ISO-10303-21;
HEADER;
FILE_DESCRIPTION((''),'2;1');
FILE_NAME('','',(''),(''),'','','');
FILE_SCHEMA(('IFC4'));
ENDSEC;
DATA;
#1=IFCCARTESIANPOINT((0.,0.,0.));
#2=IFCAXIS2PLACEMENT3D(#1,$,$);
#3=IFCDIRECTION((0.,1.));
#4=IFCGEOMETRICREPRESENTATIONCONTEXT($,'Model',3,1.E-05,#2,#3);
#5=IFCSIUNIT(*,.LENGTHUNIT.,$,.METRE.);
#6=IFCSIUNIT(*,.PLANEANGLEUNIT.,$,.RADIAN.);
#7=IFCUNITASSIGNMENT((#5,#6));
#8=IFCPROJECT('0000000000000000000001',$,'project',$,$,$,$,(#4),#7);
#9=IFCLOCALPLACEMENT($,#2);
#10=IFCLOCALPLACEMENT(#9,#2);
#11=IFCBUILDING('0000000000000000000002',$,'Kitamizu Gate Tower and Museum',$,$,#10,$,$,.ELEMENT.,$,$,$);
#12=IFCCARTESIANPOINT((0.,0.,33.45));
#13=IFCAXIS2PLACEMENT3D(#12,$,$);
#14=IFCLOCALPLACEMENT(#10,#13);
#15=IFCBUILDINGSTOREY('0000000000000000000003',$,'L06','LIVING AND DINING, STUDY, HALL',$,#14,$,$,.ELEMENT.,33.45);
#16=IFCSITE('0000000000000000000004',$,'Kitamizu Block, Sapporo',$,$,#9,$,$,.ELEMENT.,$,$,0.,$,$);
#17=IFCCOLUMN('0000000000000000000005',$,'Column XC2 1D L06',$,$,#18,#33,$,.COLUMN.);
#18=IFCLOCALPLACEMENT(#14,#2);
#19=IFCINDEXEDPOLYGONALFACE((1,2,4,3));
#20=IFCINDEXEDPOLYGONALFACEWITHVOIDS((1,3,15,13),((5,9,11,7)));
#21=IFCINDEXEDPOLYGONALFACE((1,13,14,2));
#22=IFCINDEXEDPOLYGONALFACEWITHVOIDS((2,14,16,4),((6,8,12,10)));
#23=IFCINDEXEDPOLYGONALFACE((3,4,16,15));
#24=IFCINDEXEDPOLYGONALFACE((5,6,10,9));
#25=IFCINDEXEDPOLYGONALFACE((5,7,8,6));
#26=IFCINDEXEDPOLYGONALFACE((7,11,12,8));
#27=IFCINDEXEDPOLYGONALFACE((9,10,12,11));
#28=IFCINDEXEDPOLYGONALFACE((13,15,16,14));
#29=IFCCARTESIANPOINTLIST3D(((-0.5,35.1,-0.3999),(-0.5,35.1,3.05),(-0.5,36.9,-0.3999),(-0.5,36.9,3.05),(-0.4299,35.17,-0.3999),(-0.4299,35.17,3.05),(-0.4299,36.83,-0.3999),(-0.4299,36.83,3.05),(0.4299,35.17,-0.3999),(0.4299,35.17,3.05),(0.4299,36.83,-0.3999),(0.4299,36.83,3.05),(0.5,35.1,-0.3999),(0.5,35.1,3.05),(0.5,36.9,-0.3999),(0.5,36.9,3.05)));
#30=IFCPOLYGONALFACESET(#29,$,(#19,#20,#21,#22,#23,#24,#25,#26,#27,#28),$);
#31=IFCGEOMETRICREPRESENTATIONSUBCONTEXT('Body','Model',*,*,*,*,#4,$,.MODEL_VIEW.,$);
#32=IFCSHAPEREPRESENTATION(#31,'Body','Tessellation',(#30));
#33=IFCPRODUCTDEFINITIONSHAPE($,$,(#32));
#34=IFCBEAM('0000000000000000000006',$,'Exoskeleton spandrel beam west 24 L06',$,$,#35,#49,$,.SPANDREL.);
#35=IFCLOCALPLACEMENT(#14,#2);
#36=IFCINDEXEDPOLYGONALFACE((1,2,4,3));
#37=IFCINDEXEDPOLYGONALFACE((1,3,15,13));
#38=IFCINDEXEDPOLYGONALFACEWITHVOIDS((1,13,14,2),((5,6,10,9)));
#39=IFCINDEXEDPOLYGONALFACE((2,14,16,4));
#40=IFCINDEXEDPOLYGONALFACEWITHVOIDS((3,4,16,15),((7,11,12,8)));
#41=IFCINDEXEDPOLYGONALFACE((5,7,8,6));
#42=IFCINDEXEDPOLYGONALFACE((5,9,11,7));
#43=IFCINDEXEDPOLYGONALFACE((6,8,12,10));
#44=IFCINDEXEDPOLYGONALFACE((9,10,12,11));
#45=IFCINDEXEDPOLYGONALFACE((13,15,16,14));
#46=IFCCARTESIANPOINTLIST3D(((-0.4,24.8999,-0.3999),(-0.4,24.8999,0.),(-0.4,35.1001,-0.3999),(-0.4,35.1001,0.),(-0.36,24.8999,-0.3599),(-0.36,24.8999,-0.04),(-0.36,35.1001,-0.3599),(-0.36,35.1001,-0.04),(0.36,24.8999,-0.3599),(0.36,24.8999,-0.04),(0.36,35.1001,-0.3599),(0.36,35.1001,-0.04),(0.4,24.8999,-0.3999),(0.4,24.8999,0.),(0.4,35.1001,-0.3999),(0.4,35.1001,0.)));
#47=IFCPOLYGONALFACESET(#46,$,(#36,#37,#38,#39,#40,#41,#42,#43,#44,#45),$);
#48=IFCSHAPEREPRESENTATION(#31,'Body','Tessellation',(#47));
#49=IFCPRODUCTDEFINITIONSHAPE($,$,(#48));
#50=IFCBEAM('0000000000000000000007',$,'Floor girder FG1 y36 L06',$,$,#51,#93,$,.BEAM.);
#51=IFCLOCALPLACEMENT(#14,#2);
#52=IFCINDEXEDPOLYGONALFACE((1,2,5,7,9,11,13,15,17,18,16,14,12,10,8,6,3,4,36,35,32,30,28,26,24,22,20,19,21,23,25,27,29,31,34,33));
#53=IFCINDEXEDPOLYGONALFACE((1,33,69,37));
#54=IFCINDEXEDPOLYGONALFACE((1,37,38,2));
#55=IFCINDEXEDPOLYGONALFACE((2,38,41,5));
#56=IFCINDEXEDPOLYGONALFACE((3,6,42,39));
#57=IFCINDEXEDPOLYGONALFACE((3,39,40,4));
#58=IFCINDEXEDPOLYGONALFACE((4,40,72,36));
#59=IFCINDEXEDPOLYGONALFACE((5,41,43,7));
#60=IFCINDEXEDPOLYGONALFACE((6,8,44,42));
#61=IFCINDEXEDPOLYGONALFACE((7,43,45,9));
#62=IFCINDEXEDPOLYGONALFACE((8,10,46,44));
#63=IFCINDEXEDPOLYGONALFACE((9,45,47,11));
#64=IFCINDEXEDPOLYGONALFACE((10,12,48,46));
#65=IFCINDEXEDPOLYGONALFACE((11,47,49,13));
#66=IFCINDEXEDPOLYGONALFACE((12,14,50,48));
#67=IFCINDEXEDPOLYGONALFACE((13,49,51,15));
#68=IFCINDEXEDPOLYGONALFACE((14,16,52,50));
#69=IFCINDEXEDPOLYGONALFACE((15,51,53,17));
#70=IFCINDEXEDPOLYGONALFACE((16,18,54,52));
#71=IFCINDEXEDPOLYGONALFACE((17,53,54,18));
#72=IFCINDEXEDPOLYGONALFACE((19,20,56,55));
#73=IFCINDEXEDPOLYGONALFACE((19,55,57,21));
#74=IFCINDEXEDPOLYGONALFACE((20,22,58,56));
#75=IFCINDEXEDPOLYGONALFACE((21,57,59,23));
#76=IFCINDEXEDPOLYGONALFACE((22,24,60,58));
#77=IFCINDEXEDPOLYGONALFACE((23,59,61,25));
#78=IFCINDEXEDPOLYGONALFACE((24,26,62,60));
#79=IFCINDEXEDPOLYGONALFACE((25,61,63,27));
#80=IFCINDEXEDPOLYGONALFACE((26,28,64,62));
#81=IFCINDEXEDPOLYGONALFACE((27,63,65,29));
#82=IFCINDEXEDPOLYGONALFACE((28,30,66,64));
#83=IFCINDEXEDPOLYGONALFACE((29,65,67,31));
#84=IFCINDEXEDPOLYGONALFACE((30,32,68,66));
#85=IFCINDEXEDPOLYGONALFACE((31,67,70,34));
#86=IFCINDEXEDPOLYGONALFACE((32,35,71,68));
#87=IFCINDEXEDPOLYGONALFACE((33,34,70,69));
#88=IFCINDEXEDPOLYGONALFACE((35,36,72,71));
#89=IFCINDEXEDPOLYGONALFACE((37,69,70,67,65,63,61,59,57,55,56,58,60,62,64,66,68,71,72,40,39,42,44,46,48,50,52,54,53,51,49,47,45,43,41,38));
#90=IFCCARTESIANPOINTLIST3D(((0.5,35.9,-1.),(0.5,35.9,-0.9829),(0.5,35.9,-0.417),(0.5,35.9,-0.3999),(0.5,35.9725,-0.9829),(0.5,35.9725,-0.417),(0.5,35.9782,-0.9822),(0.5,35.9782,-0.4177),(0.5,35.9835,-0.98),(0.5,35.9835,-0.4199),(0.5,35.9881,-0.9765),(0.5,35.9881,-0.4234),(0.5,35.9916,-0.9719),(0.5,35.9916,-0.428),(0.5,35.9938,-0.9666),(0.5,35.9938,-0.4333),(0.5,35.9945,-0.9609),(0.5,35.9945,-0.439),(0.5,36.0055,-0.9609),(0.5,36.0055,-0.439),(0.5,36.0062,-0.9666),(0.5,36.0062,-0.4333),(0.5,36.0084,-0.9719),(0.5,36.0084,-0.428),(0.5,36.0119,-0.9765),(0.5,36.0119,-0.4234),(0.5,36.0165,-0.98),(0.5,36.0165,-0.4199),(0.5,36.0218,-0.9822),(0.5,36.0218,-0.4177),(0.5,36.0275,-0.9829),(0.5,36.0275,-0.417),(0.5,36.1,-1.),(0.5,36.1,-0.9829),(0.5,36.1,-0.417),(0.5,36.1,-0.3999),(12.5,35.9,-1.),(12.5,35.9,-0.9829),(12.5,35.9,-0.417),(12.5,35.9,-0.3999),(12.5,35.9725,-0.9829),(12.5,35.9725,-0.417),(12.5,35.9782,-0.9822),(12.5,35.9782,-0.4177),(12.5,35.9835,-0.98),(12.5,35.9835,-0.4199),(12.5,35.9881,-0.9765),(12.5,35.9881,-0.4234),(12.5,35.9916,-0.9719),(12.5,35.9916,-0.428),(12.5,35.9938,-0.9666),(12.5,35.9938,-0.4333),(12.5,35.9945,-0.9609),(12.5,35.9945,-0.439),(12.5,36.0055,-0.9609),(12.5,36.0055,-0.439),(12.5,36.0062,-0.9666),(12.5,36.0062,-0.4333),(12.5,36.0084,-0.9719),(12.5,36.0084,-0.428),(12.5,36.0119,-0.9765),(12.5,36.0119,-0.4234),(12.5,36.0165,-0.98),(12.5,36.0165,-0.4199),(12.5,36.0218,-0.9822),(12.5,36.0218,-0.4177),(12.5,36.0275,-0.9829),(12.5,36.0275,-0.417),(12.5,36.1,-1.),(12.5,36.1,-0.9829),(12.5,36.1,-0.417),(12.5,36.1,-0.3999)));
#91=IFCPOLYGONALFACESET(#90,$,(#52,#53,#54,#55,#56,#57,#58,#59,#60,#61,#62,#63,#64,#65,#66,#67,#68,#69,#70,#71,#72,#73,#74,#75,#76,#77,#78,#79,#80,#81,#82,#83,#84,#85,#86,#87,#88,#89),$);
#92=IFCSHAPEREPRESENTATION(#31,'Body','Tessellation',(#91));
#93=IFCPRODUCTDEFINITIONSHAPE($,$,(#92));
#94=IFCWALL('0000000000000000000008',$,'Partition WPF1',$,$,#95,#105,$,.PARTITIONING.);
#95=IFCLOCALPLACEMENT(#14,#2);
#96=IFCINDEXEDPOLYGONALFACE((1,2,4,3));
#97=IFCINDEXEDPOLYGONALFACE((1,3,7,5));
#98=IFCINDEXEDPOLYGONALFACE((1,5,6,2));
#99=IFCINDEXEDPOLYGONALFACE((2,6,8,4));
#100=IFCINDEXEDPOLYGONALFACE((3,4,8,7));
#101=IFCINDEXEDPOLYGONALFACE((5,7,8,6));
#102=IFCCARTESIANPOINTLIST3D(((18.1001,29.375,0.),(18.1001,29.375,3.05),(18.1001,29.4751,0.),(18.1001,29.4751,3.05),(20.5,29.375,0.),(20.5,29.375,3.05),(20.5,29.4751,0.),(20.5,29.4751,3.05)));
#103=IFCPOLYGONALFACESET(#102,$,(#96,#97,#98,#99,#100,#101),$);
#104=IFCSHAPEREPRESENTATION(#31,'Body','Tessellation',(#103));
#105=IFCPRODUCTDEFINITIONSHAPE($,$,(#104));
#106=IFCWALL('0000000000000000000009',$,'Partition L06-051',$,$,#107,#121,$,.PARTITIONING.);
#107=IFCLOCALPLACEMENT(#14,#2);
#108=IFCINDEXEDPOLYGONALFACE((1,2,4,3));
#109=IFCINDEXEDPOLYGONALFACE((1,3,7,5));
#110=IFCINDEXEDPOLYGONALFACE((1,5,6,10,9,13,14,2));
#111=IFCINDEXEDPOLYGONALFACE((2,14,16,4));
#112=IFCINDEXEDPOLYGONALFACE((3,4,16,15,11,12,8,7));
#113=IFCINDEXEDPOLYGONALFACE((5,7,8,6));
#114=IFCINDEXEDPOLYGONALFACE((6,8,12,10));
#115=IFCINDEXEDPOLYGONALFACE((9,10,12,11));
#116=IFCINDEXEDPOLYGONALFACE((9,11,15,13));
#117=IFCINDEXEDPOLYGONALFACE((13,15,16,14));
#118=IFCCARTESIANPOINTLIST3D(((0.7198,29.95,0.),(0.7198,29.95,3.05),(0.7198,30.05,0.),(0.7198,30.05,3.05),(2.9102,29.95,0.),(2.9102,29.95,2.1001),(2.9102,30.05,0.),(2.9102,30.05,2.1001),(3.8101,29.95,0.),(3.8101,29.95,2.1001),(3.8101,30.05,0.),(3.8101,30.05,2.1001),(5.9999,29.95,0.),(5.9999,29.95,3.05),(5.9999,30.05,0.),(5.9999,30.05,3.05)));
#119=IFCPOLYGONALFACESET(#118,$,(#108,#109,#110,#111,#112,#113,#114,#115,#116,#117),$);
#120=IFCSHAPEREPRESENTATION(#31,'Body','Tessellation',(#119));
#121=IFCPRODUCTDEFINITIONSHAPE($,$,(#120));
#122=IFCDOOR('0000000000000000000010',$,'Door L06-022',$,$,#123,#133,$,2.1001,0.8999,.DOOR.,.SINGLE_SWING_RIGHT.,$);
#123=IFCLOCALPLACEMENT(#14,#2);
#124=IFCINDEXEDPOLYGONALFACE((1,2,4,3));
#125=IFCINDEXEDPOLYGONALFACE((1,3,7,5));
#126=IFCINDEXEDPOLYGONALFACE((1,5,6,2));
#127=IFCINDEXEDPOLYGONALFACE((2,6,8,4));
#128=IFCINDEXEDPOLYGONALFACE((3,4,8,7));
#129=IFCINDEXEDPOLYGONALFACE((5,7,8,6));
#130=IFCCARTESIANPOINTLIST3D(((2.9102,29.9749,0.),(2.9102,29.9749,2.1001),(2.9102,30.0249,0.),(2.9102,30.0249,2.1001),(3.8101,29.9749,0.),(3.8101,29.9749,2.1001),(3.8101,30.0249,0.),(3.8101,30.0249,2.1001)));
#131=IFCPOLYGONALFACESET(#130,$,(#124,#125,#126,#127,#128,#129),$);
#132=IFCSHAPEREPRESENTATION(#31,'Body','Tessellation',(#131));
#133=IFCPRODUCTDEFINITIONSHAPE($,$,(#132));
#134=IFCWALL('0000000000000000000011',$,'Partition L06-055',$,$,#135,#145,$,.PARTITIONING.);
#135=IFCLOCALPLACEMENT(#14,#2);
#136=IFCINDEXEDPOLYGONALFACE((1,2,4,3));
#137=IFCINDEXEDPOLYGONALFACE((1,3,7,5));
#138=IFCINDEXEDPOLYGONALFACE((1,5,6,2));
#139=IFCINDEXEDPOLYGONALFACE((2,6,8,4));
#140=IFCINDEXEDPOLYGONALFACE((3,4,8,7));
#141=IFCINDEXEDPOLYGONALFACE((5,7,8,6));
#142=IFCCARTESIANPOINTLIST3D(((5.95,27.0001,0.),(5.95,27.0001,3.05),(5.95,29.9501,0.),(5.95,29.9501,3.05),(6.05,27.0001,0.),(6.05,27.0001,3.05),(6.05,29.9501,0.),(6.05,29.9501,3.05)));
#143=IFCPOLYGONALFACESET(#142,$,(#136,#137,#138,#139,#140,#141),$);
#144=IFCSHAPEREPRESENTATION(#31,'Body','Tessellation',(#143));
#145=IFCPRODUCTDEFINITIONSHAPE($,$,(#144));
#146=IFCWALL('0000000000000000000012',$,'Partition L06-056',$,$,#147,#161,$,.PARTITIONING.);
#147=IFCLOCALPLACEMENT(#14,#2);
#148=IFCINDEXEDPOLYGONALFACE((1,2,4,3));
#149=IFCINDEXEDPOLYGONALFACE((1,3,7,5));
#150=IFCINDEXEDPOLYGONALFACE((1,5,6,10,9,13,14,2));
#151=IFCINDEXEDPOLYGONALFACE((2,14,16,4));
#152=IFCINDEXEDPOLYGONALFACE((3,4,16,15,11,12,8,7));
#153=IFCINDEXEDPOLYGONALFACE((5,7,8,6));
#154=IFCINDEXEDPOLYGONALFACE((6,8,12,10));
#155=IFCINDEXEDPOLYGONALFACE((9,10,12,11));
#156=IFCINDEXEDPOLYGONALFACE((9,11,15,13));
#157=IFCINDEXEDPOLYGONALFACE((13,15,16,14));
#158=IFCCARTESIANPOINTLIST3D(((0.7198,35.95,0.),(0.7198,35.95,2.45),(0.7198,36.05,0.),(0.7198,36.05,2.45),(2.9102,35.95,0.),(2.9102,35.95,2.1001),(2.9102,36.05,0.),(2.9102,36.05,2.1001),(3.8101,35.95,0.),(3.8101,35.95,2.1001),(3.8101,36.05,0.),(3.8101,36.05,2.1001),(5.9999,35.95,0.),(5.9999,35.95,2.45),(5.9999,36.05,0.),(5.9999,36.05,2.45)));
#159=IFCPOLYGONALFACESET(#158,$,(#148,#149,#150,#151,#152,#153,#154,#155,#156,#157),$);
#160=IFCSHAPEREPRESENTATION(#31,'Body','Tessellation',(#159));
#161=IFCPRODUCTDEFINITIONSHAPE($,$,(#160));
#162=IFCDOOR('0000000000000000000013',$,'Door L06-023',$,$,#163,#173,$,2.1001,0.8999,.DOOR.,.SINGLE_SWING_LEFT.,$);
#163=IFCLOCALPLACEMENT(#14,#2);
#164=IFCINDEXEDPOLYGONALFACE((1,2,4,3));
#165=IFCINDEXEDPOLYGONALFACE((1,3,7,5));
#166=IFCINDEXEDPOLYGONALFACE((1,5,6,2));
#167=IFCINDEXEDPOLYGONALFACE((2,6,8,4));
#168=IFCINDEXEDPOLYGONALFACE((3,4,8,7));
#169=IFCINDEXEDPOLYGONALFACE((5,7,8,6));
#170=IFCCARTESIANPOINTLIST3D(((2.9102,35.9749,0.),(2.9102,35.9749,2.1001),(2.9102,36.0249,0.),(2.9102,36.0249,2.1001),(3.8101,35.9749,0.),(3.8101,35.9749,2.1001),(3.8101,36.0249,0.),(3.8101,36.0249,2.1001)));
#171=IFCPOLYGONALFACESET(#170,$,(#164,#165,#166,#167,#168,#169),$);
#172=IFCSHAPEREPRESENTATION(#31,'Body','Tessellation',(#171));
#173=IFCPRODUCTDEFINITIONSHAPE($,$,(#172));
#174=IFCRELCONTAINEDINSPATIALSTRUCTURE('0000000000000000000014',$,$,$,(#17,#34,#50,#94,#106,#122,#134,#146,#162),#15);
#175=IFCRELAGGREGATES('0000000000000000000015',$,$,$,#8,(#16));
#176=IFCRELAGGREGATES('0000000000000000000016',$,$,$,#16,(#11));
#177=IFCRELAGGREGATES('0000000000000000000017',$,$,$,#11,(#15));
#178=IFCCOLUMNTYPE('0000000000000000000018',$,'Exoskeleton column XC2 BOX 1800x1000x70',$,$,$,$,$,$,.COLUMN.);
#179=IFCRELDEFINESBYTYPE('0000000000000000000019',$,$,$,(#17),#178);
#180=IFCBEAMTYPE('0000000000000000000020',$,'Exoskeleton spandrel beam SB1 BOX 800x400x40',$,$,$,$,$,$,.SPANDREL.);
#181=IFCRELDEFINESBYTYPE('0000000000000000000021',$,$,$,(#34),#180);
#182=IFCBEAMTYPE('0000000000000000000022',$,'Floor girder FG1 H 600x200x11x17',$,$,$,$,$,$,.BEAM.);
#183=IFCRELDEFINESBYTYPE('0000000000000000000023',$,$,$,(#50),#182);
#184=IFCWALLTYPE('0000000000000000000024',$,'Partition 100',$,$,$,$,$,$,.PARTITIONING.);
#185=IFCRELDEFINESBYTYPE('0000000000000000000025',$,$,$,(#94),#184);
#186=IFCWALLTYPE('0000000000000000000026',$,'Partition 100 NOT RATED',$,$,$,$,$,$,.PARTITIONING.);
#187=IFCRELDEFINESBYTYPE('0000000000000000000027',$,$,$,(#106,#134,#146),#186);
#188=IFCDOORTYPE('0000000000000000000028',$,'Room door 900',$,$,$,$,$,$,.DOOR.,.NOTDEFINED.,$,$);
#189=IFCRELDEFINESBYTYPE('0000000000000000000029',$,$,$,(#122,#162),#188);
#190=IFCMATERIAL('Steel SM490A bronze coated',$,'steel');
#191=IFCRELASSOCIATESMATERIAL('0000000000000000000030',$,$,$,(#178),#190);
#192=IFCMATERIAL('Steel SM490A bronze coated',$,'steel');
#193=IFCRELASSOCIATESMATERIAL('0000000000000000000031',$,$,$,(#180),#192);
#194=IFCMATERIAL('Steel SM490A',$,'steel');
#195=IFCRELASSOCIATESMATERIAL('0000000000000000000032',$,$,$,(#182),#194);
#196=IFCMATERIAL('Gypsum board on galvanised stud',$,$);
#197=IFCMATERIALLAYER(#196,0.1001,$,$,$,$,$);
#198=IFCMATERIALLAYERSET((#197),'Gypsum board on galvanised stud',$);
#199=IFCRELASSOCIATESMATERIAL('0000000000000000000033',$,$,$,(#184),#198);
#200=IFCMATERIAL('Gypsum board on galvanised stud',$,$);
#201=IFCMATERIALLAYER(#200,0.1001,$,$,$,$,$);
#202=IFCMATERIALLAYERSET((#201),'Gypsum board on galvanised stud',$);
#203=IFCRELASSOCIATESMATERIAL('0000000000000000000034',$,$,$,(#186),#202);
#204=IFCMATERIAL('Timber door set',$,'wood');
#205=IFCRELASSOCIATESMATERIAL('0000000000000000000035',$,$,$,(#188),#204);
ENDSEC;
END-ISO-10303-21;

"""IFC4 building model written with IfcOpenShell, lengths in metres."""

from ifc_helpers import new_model, si_unit, direction, frame, frame_2d, origin, origin_2d, place, context, subcontext, project, spatial, rectangle, hollow_rectangle, i_section, extrude, material, layer, layer_set, material_profile, profile_set, type_object, element, fill, save


model = new_model("IFC4")

# Units and contexts
model_context = context("Model", 3, precision=1e-05, world=origin(), true_north=direction((0.0, 1.0)))
body_context = subcontext(model_context, "Body", "Model", "MODEL_VIEW")
ifc_project = project(units=[si_unit("LENGTHUNIT", "METRE"), si_unit("PLANEANGLEUNIT", "RADIAN")], contexts=[model_context])

# Site, building, storey
site_placement = place(None, origin())
site = spatial("IfcSite", under=ifc_project, at=site_placement, Name="Kitamizu Block, Sapporo", CompositionType="ELEMENT", RefElevation=0.0)
building_placement = place(site_placement, origin())
building = spatial("IfcBuilding", under=site, at=building_placement, Name="Kitamizu Gate Tower and Museum", CompositionType="ELEMENT")
storey_placement = place(building_placement, frame((0.0, 0.0, 33.45)))
storey = spatial("IfcBuildingStorey", under=building, at=storey_placement, Name="L06", Description="LIVING AND DINING, STUDY, HALL", CompositionType="ELEMENT", Elevation=33.45)

# Column
ifc_material_1 = material(Name="Steel SM490A bronze coated", Category="steel")
ifc_material_profile_1 = material_profile(ifc_material_1, hollow_rectangle(XDim=1.8, YDim=1.0, WallThickness=0.0701, at=origin_2d()), Name="BOX 1800x1000x70")
ifc_profile_set_1 = profile_set([ifc_material_profile_1], Name="Steel SM490A bronze coated")
column_type = type_object("IfcColumnType", Name="Exoskeleton column XC2 BOX 1800x1000x70", PredefinedType="COLUMN", material=ifc_profile_set_1)
column_placement = place(storey_placement, frame((0.0, 36.0, -0.3999), z_axis=(0.0, 0.0, 1.0), x_axis=(0.0, 1.0, 0.0)))
element("IfcColumn", 1, at=column_placement, inside=storey, type_object=column_type, Name="Column XC2 1D L06", PredefinedType="COLUMN", context=body_context, shape_type="SweptSolid", body=[
    extrude(hollow_rectangle(XDim=1.8, YDim=1.0, WallThickness=0.0701, at=origin_2d()), origin(), (0.0, 0.0, 1.0), 3.45),
])

# Beams
ifc_material_2 = material(Name="Steel SM490A bronze coated", Category="steel")
ifc_material_profile_2 = material_profile(ifc_material_2, hollow_rectangle(XDim=0.8, YDim=0.3999, WallThickness=0.04, at=origin_2d()), Name="BOX 800x400x40")
ifc_profile_set_2 = profile_set([ifc_material_profile_2], Name="Steel SM490A bronze coated")
beam_type_1 = type_object("IfcBeamType", Name="Exoskeleton spandrel beam SB1 BOX 800x400x40", PredefinedType="SPANDREL", material=ifc_profile_set_2)
beam_1_placement = place(storey_placement, frame((0.0, 24.8999, -0.2), z_axis=(0.0, 1.0, 0.0), x_axis=(-1.0, 0.0, 0.0)))
element("IfcBeam", 2, at=beam_1_placement, inside=storey, type_object=beam_type_1, Name="Exoskeleton spandrel beam west 24 L06", PredefinedType="SPANDREL", context=body_context, shape_type="SweptSolid", body=[
    extrude(hollow_rectangle(XDim=0.8, YDim=0.3999, WallThickness=0.04, at=origin_2d()), origin(), (0.0, 0.0, 1.0), 10.2002),
])
ifc_material_3 = material(Name="Steel SM490A", Category="steel")
ifc_material_profile_3 = material_profile(ifc_material_3, i_section(OverallWidth=0.2, OverallDepth=0.6001, WebThickness=0.011, FlangeThickness=0.0171, FilletRadius=0.022, at=origin_2d()), Name="H-600x200x11x17")
ifc_profile_set_3 = profile_set([ifc_material_profile_3], Name="Steel SM490A")
beam_type_2 = type_object("IfcBeamType", Name="Floor girder FG1 H 600x200x11x17", PredefinedType="BEAM", material=ifc_profile_set_3)
beam_2_placement = place(storey_placement, frame((0.5, 36.0, -0.7), z_axis=(1.0, 0.0, 0.0), x_axis=(0.0, 1.0, 0.0)))
element("IfcBeam", 3, at=beam_2_placement, inside=storey, type_object=beam_type_2, Name="Floor girder FG1 y36 L06", PredefinedType="BEAM", context=body_context, shape_type="SweptSolid", body=[
    extrude(i_section(OverallWidth=0.2, OverallDepth=0.6001, WebThickness=0.011, FlangeThickness=0.0171, FilletRadius=0.022, at=origin_2d()), origin(), (0.0, 0.0, 1.0), 12.0),
])

# Wall
ifc_material_4 = material(Name="Gypsum board on galvanised stud")
ifc_layer_1 = layer(ifc_material_4, 0.1001)
ifc_layer_set_1 = layer_set([ifc_layer_1], Name="Gypsum board on galvanised stud")
wall_type_1 = type_object("IfcWallType", Name="Partition 100", PredefinedType="PARTITIONING", material=ifc_layer_set_1)
wall_1_placement = place(storey_placement, frame((18.1001, 29.425, 0.0), z_axis=(0.0, 0.0, 1.0), x_axis=(1.0, 0.0, 0.0)))
element("IfcWall", 4, at=wall_1_placement, inside=storey, type_object=wall_type_1, Name="Partition WPF1", PredefinedType="PARTITIONING", context=body_context, shape_type="SweptSolid", body=[
    extrude(rectangle(XDim=2.3999, YDim=0.1001, at=frame_2d((1.2, 0.0))), origin(), (0.0, 0.0, 1.0), 3.05),
])

# Wall, opening, door
ifc_material_5 = material(Name="Gypsum board on galvanised stud")
ifc_layer_2 = layer(ifc_material_5, 0.1001)
ifc_layer_set_2 = layer_set([ifc_layer_2], Name="Gypsum board on galvanised stud")
wall_type_2 = type_object("IfcWallType", Name="Partition 100 NOT RATED", PredefinedType="PARTITIONING", material=ifc_layer_set_2)
wall_2_placement = place(storey_placement, frame((6.0, 30.0, 0.0), z_axis=(0.0, 0.0, 1.0), x_axis=(-1.0, 0.0, 0.0)))
wall_2 = element("IfcWall", 5, at=wall_2_placement, inside=storey, type_object=wall_type_2, Name="Partition L06-051", PredefinedType="PARTITIONING", context=body_context, shape_type="SweptSolid", body=[
    extrude(rectangle(XDim=5.28, YDim=0.1001, at=frame_2d((2.6401, 0.0))), origin(), (0.0, 0.0, 1.0), 3.05),
])
opening_1_placement = place(wall_2_placement, frame((2.1899, 0.0, 0.0)))
opening_1 = element("IfcOpeningElement", 6, at=opening_1_placement, cuts=wall_2, PredefinedType="OPENING", context=body_context, shape_type="SweptSolid", body=[
    extrude(rectangle(XDim=0.8999, YDim=2.1001, at=frame_2d((0.45, 1.05))), frame((0.0, 0.0601, 0.0), z_axis=(0.0, -1.0, 0.0), x_axis=(1.0, 0.0, 0.0)), (0.0, 0.0, 1.0), 0.1201),
])
ifc_material_6 = material(Name="Timber door set", Category="wood")
door_type_1 = type_object("IfcDoorType", Name="Room door 900", OperationType="NOTDEFINED", PredefinedType="DOOR", material=ifc_material_6)
door_1_placement = place(opening_1_placement, frame((0.8999, 0.0, 0.0), x_axis=(-1.0, 0.0, 0.0)))
door_1 = element("IfcDoor", 7, at=door_1_placement, inside=storey, type_object=door_type_1, Name="Door L06-022", OperationType="SINGLE_SWING_RIGHT", OverallHeight=2.1001, OverallWidth=0.8999, PredefinedType="DOOR", context=body_context, shape_type="SweptSolid", body=[
    extrude(rectangle(XDim=0.8999, YDim=2.1001, at=frame_2d((0.45, 1.05))), frame((0.0, 0.0249, 0.0), z_axis=(0.0, -1.0, 0.0), x_axis=(1.0, 0.0, 0.0)), (0.0, 0.0, 1.0), 0.05),
])
fill(opening_1, door_1)

# Wall
wall_3_placement = place(storey_placement, frame((6.0, 27.0, 0.0), z_axis=(0.0, 0.0, 1.0), x_axis=(0.0, 1.0, 0.0)))
element("IfcWall", 8, at=wall_3_placement, inside=storey, type_object=wall_type_2, Name="Partition L06-055", PredefinedType="PARTITIONING", context=body_context, shape_type="SweptSolid", body=[
    extrude(rectangle(XDim=2.95, YDim=0.1001, at=frame_2d((1.4751, 0.0))), origin(), (0.0, 0.0, 1.0), 3.05),
])

# Wall, opening, door
wall_4_placement = place(storey_placement, frame((6.0, 36.0, 0.0), z_axis=(0.0, 0.0, 1.0), x_axis=(-1.0, 0.0, 0.0)))
wall_4 = element("IfcWall", 9, at=wall_4_placement, inside=storey, type_object=wall_type_2, Name="Partition L06-056", PredefinedType="PARTITIONING", context=body_context, shape_type="SweptSolid", body=[
    extrude(rectangle(XDim=5.28, YDim=0.1001, at=frame_2d((2.6401, 0.0))), origin(), (0.0, 0.0, 1.0), 2.45),
])
opening_2_placement = place(wall_4_placement, frame((2.1899, 0.0, 0.0)))
opening_2 = element("IfcOpeningElement", 10, at=opening_2_placement, cuts=wall_4, PredefinedType="OPENING", context=body_context, shape_type="SweptSolid", body=[
    extrude(rectangle(XDim=0.8999, YDim=2.1001, at=frame_2d((0.45, 1.05))), frame((0.0, 0.0601, 0.0), z_axis=(0.0, -1.0, 0.0), x_axis=(1.0, 0.0, 0.0)), (0.0, 0.0, 1.0), 0.1201),
])
door_2_placement = place(opening_2_placement, frame((0.8999, 0.0, 0.0), x_axis=(-1.0, 0.0, 0.0)))
door_2 = element("IfcDoor", 11, at=door_2_placement, inside=storey, type_object=door_type_1, Name="Door L06-023", OperationType="SINGLE_SWING_LEFT", OverallHeight=2.1001, OverallWidth=0.8999, PredefinedType="DOOR", context=body_context, shape_type="SweptSolid", body=[
    extrude(rectangle(XDim=0.8999, YDim=2.1001, at=frame_2d((0.45, 1.05))), frame((0.0, 0.0249, 0.0), z_axis=(0.0, -1.0, 0.0), x_axis=(1.0, 0.0, 0.0)), (0.0, 0.0, 1.0), 0.05),
])
fill(opening_2, door_2)

save(model, "model.ifc")
